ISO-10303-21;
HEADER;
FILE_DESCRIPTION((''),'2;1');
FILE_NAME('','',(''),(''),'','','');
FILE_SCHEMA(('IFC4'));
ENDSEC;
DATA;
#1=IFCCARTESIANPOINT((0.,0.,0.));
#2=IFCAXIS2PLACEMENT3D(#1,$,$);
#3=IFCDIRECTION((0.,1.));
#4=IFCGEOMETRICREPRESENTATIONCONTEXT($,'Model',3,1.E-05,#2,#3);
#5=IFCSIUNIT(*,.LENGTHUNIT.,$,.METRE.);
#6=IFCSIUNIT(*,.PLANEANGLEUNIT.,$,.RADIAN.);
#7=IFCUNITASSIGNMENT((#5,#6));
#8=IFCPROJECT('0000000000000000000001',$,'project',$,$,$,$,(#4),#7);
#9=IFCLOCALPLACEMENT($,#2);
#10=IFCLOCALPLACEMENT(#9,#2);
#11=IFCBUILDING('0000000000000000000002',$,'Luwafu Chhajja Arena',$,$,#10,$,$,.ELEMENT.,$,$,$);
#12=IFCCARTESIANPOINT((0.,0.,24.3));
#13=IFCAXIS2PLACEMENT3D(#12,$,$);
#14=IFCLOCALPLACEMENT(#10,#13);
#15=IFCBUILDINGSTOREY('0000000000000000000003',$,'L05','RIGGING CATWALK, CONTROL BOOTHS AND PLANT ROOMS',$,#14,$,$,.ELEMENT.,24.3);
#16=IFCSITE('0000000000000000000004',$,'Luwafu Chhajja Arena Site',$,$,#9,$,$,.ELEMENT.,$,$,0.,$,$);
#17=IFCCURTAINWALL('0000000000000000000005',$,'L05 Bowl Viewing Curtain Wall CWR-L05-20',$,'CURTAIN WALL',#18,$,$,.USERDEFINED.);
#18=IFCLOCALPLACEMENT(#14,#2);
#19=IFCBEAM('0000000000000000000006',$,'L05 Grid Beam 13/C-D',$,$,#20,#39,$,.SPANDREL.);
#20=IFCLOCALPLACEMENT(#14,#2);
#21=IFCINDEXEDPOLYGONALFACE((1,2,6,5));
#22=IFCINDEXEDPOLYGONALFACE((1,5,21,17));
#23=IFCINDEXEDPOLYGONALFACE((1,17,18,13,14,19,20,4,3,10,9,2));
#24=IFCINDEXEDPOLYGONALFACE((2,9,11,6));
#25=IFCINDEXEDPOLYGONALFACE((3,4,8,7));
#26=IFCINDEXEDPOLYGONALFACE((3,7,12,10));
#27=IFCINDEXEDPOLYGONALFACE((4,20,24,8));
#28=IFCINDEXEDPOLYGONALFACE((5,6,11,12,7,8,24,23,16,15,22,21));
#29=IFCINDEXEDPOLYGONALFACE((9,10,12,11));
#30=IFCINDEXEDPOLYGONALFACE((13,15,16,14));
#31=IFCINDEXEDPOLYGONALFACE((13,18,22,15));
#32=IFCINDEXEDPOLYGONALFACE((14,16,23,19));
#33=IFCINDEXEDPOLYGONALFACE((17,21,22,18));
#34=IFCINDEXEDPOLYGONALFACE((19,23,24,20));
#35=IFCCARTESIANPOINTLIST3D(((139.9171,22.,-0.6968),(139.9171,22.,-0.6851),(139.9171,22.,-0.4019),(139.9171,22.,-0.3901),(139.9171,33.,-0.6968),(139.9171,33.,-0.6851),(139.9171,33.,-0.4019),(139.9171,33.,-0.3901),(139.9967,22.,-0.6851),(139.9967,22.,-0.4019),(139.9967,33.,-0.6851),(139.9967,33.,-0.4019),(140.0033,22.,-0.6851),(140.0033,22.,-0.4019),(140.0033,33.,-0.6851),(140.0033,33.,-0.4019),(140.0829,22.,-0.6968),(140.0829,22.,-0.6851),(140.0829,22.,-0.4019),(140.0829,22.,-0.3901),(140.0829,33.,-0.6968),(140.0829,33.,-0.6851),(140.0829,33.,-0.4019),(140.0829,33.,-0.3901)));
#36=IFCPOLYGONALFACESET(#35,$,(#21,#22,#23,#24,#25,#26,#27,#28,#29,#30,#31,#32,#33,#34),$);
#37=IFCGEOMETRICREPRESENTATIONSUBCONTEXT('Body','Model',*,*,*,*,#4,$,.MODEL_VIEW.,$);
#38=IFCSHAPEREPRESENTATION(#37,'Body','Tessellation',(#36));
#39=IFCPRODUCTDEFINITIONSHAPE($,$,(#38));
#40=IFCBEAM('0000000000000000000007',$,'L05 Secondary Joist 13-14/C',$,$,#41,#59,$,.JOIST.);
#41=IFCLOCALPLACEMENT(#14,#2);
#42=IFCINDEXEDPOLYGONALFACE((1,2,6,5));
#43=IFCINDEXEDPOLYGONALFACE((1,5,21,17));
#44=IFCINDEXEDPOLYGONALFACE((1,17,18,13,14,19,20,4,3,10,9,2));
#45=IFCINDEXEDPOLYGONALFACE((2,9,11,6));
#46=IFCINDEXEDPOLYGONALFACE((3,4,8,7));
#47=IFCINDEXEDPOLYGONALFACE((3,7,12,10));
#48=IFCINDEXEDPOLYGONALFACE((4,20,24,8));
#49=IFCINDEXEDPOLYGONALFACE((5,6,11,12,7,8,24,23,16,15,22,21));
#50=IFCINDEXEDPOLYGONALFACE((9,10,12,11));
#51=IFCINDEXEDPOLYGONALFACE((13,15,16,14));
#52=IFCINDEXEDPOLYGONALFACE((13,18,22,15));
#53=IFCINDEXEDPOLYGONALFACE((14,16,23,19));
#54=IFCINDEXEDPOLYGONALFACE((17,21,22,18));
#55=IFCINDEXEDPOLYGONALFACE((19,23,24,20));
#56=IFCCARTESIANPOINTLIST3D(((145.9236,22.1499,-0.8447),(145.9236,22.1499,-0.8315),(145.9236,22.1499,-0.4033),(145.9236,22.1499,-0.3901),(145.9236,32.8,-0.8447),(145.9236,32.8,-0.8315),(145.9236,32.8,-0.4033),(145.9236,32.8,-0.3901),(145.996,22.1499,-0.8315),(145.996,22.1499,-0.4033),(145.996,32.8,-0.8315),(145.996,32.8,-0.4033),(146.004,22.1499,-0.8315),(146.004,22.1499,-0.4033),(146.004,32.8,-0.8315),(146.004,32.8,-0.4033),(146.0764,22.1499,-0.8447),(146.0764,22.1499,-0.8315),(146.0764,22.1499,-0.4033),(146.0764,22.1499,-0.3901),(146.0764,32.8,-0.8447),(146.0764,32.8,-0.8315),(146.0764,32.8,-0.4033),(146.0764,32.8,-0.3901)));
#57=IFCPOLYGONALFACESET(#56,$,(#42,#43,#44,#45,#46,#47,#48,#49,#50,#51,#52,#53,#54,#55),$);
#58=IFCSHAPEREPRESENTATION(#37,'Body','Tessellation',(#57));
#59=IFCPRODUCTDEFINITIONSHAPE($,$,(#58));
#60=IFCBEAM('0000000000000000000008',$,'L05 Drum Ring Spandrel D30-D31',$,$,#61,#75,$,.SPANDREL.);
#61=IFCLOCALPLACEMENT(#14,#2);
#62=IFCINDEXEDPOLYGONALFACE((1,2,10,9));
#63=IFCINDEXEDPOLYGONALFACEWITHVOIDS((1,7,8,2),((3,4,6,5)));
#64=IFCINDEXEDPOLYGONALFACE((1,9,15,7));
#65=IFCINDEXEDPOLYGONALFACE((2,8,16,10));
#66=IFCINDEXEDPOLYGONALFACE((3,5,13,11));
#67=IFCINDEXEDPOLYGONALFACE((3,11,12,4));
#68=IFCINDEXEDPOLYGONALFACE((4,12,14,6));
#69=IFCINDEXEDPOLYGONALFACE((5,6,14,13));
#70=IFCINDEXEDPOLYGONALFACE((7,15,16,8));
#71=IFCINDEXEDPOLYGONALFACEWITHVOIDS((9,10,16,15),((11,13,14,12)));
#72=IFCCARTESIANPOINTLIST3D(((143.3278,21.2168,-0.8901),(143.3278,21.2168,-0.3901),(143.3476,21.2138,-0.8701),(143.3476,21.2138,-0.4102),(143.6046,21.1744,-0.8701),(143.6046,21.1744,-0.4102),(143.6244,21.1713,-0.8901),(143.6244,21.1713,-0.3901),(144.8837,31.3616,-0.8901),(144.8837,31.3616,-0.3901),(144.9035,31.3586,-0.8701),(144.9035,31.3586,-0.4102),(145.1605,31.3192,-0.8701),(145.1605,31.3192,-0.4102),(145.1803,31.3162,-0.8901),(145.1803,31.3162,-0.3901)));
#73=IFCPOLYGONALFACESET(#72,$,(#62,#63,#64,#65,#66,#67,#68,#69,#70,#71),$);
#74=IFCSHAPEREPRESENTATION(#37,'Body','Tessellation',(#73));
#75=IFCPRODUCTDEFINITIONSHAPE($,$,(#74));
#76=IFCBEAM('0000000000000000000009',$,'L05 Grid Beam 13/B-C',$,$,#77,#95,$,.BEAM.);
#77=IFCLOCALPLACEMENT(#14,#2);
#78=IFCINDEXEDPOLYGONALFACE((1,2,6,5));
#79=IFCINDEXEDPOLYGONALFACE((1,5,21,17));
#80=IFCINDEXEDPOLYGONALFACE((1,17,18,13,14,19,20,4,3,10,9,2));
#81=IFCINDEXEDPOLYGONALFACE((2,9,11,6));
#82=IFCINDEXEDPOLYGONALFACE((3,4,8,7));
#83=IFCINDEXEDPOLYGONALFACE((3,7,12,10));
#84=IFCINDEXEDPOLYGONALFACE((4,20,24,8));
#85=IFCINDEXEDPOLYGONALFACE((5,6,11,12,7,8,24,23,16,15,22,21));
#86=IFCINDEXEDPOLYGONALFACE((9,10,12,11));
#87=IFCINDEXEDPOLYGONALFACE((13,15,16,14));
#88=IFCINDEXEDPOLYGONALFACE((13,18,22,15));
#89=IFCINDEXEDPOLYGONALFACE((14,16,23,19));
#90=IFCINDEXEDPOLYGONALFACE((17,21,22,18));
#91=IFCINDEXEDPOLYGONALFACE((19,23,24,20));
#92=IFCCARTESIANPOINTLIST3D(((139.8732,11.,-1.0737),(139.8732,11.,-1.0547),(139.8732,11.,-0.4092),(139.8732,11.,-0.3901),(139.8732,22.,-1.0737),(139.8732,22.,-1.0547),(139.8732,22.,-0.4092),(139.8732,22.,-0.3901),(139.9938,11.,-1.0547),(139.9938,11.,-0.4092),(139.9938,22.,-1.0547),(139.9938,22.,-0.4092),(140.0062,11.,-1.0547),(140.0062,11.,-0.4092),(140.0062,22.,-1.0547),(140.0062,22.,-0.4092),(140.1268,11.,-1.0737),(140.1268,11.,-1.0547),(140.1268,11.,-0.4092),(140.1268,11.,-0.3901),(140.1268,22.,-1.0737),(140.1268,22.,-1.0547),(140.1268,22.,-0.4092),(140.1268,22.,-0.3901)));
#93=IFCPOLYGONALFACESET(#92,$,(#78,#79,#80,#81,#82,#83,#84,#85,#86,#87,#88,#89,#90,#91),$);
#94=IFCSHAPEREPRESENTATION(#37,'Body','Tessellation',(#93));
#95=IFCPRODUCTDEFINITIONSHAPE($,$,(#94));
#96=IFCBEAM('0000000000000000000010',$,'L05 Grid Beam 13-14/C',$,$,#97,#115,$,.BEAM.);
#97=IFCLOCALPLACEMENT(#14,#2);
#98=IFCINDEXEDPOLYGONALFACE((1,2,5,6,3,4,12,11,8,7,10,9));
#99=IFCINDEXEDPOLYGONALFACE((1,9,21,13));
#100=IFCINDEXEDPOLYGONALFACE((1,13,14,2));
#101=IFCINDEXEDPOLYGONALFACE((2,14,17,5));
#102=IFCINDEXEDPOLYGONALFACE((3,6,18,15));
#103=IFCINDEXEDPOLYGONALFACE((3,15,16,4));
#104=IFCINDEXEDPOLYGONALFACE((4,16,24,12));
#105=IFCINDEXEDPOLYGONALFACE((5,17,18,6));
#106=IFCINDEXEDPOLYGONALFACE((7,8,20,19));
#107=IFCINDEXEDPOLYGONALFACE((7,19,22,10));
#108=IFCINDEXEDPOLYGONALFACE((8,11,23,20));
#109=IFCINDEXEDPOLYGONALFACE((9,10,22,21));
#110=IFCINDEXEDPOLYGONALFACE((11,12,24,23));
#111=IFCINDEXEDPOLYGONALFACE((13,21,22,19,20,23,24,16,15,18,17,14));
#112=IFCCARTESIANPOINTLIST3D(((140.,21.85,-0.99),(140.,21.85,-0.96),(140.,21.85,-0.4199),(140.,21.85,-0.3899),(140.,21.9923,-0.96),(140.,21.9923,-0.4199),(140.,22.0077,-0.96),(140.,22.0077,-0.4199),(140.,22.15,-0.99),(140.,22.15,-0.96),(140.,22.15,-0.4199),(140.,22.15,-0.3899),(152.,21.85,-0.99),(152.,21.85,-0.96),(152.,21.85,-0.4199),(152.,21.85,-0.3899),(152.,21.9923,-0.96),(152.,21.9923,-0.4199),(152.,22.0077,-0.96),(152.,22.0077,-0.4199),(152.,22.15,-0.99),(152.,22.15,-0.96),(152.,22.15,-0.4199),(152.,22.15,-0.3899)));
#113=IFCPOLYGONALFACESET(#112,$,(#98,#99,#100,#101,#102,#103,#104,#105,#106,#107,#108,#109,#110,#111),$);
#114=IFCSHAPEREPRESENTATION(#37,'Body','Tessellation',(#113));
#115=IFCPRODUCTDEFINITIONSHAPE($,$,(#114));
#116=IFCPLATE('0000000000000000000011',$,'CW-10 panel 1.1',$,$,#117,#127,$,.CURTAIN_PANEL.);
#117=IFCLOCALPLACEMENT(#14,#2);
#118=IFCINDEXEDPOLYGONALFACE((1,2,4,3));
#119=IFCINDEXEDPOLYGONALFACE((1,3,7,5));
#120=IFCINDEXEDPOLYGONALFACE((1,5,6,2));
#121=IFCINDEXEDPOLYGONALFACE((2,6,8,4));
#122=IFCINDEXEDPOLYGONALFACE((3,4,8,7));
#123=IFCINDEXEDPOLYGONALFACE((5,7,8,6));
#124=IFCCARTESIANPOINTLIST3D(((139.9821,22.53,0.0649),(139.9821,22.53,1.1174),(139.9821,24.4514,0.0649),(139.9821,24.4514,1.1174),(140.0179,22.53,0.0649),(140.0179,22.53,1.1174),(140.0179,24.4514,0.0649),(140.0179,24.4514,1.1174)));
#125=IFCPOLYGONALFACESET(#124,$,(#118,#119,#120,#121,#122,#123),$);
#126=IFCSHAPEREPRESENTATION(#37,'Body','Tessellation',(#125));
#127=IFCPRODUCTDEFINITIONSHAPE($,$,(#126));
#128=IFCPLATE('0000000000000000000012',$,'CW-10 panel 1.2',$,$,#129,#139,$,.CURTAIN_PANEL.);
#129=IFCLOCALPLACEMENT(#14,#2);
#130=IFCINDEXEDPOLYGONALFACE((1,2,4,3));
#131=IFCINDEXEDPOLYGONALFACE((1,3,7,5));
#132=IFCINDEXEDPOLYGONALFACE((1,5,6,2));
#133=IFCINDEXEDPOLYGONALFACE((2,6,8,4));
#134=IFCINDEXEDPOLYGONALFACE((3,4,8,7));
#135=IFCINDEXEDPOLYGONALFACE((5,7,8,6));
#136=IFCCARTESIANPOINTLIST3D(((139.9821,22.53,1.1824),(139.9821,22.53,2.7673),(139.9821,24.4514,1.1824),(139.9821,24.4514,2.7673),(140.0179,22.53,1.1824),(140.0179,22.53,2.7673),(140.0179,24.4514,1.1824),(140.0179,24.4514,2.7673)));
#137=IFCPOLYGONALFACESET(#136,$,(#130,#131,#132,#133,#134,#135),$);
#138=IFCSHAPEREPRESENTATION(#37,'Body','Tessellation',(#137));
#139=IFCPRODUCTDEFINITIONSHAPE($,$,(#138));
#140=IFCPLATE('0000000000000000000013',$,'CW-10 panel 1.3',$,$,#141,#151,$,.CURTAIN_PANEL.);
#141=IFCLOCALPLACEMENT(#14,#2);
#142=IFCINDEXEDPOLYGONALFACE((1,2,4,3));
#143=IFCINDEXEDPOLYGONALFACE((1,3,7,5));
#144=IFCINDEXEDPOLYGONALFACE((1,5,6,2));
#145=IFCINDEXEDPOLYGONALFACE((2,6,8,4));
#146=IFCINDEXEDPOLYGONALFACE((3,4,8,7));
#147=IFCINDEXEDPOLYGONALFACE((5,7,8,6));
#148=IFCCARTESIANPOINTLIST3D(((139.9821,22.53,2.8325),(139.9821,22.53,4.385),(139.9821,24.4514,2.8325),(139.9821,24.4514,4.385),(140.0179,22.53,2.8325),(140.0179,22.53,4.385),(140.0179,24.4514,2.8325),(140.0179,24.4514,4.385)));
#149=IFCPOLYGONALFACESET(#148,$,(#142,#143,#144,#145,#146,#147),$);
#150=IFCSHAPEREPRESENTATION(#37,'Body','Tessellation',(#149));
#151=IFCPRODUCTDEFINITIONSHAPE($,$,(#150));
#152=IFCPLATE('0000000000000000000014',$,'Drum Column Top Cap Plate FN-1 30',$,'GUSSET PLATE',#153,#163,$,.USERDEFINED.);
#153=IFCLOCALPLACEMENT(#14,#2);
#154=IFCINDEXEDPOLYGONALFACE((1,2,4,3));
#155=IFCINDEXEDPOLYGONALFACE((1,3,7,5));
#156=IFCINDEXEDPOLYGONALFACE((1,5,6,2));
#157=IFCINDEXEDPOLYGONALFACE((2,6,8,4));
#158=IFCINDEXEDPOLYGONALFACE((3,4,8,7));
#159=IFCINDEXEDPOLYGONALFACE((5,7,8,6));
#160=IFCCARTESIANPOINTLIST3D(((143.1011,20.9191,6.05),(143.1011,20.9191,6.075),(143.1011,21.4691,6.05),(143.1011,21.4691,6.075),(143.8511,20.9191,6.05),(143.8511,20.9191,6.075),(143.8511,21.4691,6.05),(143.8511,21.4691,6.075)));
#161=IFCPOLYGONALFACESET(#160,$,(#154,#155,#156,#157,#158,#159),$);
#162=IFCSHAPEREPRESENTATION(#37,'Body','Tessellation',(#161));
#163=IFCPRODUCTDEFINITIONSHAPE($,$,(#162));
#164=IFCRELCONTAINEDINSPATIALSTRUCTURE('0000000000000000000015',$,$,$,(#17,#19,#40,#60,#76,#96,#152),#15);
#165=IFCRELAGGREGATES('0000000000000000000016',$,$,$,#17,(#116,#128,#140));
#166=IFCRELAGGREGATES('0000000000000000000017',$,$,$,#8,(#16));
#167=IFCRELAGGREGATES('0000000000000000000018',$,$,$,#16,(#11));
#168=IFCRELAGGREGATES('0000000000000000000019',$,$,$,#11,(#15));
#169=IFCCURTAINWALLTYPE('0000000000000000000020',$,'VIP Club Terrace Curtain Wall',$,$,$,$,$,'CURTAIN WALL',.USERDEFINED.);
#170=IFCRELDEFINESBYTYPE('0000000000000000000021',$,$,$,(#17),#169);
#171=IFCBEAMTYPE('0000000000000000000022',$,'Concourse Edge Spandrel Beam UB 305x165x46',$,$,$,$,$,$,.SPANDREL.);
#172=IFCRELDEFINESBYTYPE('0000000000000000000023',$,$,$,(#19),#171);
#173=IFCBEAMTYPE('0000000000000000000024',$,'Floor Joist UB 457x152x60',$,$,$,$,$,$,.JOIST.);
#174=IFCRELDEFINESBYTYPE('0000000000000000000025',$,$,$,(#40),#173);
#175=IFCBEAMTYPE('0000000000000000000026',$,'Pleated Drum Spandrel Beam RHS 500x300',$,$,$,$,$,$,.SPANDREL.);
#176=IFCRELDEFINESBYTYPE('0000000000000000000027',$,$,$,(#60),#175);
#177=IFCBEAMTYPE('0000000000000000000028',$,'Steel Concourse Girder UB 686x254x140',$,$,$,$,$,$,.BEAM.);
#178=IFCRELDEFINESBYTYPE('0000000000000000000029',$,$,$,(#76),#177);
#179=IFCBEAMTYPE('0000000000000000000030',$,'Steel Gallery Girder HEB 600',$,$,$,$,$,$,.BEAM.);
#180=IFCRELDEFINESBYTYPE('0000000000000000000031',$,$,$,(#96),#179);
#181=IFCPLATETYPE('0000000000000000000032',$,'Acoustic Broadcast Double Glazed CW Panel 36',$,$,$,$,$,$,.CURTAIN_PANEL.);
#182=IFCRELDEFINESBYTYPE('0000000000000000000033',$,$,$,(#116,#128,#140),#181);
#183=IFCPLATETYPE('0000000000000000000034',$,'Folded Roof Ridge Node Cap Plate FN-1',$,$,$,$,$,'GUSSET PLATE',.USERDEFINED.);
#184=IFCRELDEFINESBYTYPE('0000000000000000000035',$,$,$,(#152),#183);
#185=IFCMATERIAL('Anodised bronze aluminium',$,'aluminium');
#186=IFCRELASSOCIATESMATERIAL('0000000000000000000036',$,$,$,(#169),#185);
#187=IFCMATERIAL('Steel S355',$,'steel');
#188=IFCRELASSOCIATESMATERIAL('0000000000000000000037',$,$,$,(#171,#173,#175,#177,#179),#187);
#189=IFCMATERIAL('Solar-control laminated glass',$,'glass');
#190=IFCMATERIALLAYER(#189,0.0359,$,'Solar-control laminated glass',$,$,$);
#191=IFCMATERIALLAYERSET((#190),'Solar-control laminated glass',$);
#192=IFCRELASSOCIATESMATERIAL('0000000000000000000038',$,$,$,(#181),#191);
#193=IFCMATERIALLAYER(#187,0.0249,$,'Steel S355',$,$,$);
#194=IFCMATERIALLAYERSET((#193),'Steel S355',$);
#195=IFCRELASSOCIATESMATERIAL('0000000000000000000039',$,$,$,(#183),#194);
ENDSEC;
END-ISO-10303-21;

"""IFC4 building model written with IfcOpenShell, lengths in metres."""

from ifc_helpers import new_model, si_unit, direction, frame, origin, origin_2d, place, context, subcontext, project, spatial, rectangle, hollow_rectangle, i_section, extrude, material, layer, layer_set, material_profile, profile_set, type_object, element, aggregate, save


model = new_model("IFC4")

# Units and contexts
model_context = context("Model", 3, precision=1e-05, world=origin(), true_north=direction((0.0, 1.0)))
body_context = subcontext(model_context, "Body", "Model", "MODEL_VIEW")
ifc_project = project(units=[si_unit("LENGTHUNIT", "METRE"), si_unit("PLANEANGLEUNIT", "RADIAN")], contexts=[model_context])

# Site, building, storey
site_placement = place(None, origin())
site = spatial("IfcSite", under=ifc_project, at=site_placement, Name="Luwafu Chhajja Arena Site", CompositionType="ELEMENT", RefElevation=0.0)
building_placement = place(site_placement, origin())
building = spatial("IfcBuilding", under=site, at=building_placement, Name="Luwafu Chhajja Arena", CompositionType="ELEMENT")
storey_placement = place(building_placement, frame((0.0, 0.0, 24.3)))
storey = spatial("IfcBuildingStorey", under=building, at=storey_placement, Name="L05", Description="RIGGING CATWALK, CONTROL BOOTHS AND PLANT ROOMS", CompositionType="ELEMENT", Elevation=24.3)

# Shared definitions
ifc_material_1 = material(Name="Steel S355", Category="steel")

# Curtain wall
ifc_material_2 = material(Name="Anodised bronze aluminium", Category="aluminium")
curtain_wall_type = type_object("IfcCurtainWallType", Name="VIP Club Terrace Curtain Wall", ElementType="CURTAIN WALL", PredefinedType="USERDEFINED", material=ifc_material_2)
curtain_wall_placement = place(storey_placement, origin())
curtain_wall = element("IfcCurtainWall", 1, at=curtain_wall_placement, inside=storey, type_object=curtain_wall_type, Name="L05 Bowl Viewing Curtain Wall CWR-L05-20", ObjectType="CURTAIN WALL", PredefinedType="USERDEFINED")

# Beams
ifc_material_profile_1 = material_profile(ifc_material_1, i_section(OverallWidth=0.1658, OverallDepth=0.3066, WebThickness=0.0066, FlangeThickness=0.0117, at=origin_2d()), Name="UB 305x165x46")
ifc_profile_set_1 = profile_set([ifc_material_profile_1], Name="Steel S355")
beam_type_1 = type_object("IfcBeamType", Name="Concourse Edge Spandrel Beam UB 305x165x46", PredefinedType="SPANDREL", material=ifc_profile_set_1)
beam_1_placement = place(storey_placement, frame((140.0, 22.0, -0.5435), z_axis=(0.0, 1.0, 0.0), x_axis=(-1.0, 0.0, 0.0)))
element("IfcBeam", 2, at=beam_1_placement, inside=storey, type_object=beam_type_1, Name="L05 Grid Beam 13/C-D", PredefinedType="SPANDREL", context=body_context, shape_type="SweptSolid", body=[
    extrude(i_section(OverallWidth=0.1658, OverallDepth=0.3066, WebThickness=0.0066, FlangeThickness=0.0117, at=origin_2d()), origin(), (0.0, 0.0, 1.0), 11.0),
])
ifc_material_profile_2 = material_profile(ifc_material_1, i_section(OverallWidth=0.1528, OverallDepth=0.4546, WebThickness=0.0081, FlangeThickness=0.0132, at=origin_2d()), Name="UB 457x152x60")
ifc_profile_set_2 = profile_set([ifc_material_profile_2], Name="Steel S355")
beam_type_2 = type_object("IfcBeamType", Name="Floor Joist UB 457x152x60", PredefinedType="JOIST", material=ifc_profile_set_2)
beam_2_placement = place(storey_placement, frame((146.0, 22.1499, -0.6174), z_axis=(0.0, 1.0, 0.0), x_axis=(-1.0, 0.0, 0.0)))
element("IfcBeam", 3, at=beam_2_placement, inside=storey, type_object=beam_type_2, Name="L05 Secondary Joist 13-14/C", PredefinedType="JOIST", context=body_context, shape_type="SweptSolid", body=[
    extrude(i_section(OverallWidth=0.1528, OverallDepth=0.4546, WebThickness=0.0081, FlangeThickness=0.0132, at=origin_2d()), origin(), (0.0, 0.0, 1.0), 10.6501),
])
ifc_material_profile_3 = material_profile(ifc_material_1, hollow_rectangle(XDim=0.3, YDim=0.5, WallThickness=0.02, at=origin_2d()), Name="RHS 500x300x20")
ifc_profile_set_3 = profile_set([ifc_material_profile_3], Name="Steel S355")
beam_type_3 = type_object("IfcBeamType", Name="Pleated Drum Spandrel Beam RHS 500x300", PredefinedType="SPANDREL", material=ifc_profile_set_3)
beam_3_placement = place(storey_placement, frame((143.4761, 21.1941, -0.6401), z_axis=(0.151598, 0.988442, 0.0), x_axis=(-0.988442, 0.151598, 0.0)))
element("IfcBeam", 4, at=beam_3_placement, inside=storey, type_object=beam_type_3, Name="L05 Drum Ring Spandrel D30-D31", PredefinedType="SPANDREL", context=body_context, shape_type="SweptSolid", body=[
    extrude(hollow_rectangle(XDim=0.3, YDim=0.5, WallThickness=0.02, at=origin_2d()), origin(), (0.0, 0.0, 1.0), 10.2634),
])
ifc_material_profile_4 = material_profile(ifc_material_1, i_section(OverallWidth=0.2537, OverallDepth=0.6836, WebThickness=0.0125, FlangeThickness=0.019, at=origin_2d()), Name="UB 686x254x140")
ifc_profile_set_4 = profile_set([ifc_material_profile_4], Name="Steel S355")
beam_type_4 = type_object("IfcBeamType", Name="Steel Concourse Girder UB 686x254x140", PredefinedType="BEAM", material=ifc_profile_set_4)
beam_4_placement = place(storey_placement, frame((140.0, 11.0, -0.7319), z_axis=(0.0, 1.0, 0.0), x_axis=(-1.0, 0.0, 0.0)))
element("IfcBeam", 5, at=beam_4_placement, inside=storey, type_object=beam_type_4, Name="L05 Grid Beam 13/B-C", PredefinedType="BEAM", context=body_context, shape_type="SweptSolid", body=[
    extrude(i_section(OverallWidth=0.2537, OverallDepth=0.6836, WebThickness=0.0125, FlangeThickness=0.019, at=origin_2d()), origin(), (0.0, 0.0, 1.0), 11.0),
])
ifc_material_profile_5 = material_profile(ifc_material_1, i_section(OverallWidth=0.3, OverallDepth=0.6001, WebThickness=0.0154, FlangeThickness=0.03, at=origin_2d()), Name="HEB 600")
ifc_profile_set_5 = profile_set([ifc_material_profile_5], Name="Steel S355")
beam_type_5 = type_object("IfcBeamType", Name="Steel Gallery Girder HEB 600", PredefinedType="BEAM", material=ifc_profile_set_5)
beam_5_placement = place(storey_placement, frame((140.0, 22.0, -0.6899), z_axis=(1.0, 0.0, 0.0), x_axis=(0.0, 1.0, 0.0)))
element("IfcBeam", 6, at=beam_5_placement, inside=storey, type_object=beam_type_5, Name="L05 Grid Beam 13-14/C", PredefinedType="BEAM", context=body_context, shape_type="SweptSolid", body=[
    extrude(i_section(OverallWidth=0.3, OverallDepth=0.6001, WebThickness=0.0154, FlangeThickness=0.03, at=origin_2d()), origin(), (0.0, 0.0, 1.0), 12.0),
])

# Plates
ifc_material_3 = material(Name="Solar-control laminated glass", Category="glass")
ifc_layer_1 = layer(ifc_material_3, 0.0359, Name="Solar-control laminated glass")
ifc_layer_set_1 = layer_set([ifc_layer_1], Name="Solar-control laminated glass")
plate_type_1 = type_object("IfcPlateType", Name="Acoustic Broadcast Double Glazed CW Panel 36", PredefinedType="CURTAIN_PANEL", material=ifc_layer_set_1)
plate_1_placement = place(storey_placement, frame((140.0, 23.4907, 0.0649), z_axis=(0.0, 0.0, 1.0), x_axis=(0.0, 1.0, 0.0)))
plate_1 = element("IfcPlate", 7, at=plate_1_placement, type_object=plate_type_1, Name="CW-10 panel 1.1", PredefinedType="CURTAIN_PANEL", context=body_context, shape_type="SweptSolid", body=[
    extrude(rectangle(XDim=1.9214, YDim=0.0359, at=origin_2d()), origin(), (0.0, 0.0, 1.0), 1.0525),
])
plate_2_placement = place(storey_placement, frame((140.0, 23.4907, 1.1824), z_axis=(0.0, 0.0, 1.0), x_axis=(0.0, 1.0, 0.0)))
plate_2 = element("IfcPlate", 8, at=plate_2_placement, type_object=plate_type_1, Name="CW-10 panel 1.2", PredefinedType="CURTAIN_PANEL", context=body_context, shape_type="SweptSolid", body=[
    extrude(rectangle(XDim=1.9214, YDim=0.0359, at=origin_2d()), origin(), (0.0, 0.0, 1.0), 1.585),
])
plate_3_placement = place(storey_placement, frame((140.0, 23.4907, 2.8325), z_axis=(0.0, 0.0, 1.0), x_axis=(0.0, 1.0, 0.0)))
plate_3 = element("IfcPlate", 9, at=plate_3_placement, type_object=plate_type_1, Name="CW-10 panel 1.3", PredefinedType="CURTAIN_PANEL", context=body_context, shape_type="SweptSolid", body=[
    extrude(rectangle(XDim=1.9214, YDim=0.0359, at=origin_2d()), origin(), (0.0, 0.0, 1.0), 1.5525),
])
aggregate(curtain_wall, [plate_1, plate_2, plate_3])
ifc_layer_2 = layer(ifc_material_1, 0.0249, Name="Steel S355")
ifc_layer_set_2 = layer_set([ifc_layer_2], Name="Steel S355")
plate_type_2 = type_object("IfcPlateType", Name="Folded Roof Ridge Node Cap Plate FN-1", ElementType="GUSSET PLATE", PredefinedType="USERDEFINED", material=ifc_layer_set_2)
plate_4_placement = place(storey_placement, frame((143.4761, 21.1941, 6.05), z_axis=(0.0, 0.0, 1.0), x_axis=(1.0, 0.0, 0.0)))
element("IfcPlate", 10, at=plate_4_placement, inside=storey, type_object=plate_type_2, Name="Drum Column Top Cap Plate FN-1 30", ObjectType="GUSSET PLATE", PredefinedType="USERDEFINED", context=body_context, shape_type="SweptSolid", body=[
    extrude(rectangle(XDim=0.75, YDim=0.55, at=origin_2d()), origin(), (0.0, 0.0, 1.0), 0.0249),
])

save(model, "model.ifc")
